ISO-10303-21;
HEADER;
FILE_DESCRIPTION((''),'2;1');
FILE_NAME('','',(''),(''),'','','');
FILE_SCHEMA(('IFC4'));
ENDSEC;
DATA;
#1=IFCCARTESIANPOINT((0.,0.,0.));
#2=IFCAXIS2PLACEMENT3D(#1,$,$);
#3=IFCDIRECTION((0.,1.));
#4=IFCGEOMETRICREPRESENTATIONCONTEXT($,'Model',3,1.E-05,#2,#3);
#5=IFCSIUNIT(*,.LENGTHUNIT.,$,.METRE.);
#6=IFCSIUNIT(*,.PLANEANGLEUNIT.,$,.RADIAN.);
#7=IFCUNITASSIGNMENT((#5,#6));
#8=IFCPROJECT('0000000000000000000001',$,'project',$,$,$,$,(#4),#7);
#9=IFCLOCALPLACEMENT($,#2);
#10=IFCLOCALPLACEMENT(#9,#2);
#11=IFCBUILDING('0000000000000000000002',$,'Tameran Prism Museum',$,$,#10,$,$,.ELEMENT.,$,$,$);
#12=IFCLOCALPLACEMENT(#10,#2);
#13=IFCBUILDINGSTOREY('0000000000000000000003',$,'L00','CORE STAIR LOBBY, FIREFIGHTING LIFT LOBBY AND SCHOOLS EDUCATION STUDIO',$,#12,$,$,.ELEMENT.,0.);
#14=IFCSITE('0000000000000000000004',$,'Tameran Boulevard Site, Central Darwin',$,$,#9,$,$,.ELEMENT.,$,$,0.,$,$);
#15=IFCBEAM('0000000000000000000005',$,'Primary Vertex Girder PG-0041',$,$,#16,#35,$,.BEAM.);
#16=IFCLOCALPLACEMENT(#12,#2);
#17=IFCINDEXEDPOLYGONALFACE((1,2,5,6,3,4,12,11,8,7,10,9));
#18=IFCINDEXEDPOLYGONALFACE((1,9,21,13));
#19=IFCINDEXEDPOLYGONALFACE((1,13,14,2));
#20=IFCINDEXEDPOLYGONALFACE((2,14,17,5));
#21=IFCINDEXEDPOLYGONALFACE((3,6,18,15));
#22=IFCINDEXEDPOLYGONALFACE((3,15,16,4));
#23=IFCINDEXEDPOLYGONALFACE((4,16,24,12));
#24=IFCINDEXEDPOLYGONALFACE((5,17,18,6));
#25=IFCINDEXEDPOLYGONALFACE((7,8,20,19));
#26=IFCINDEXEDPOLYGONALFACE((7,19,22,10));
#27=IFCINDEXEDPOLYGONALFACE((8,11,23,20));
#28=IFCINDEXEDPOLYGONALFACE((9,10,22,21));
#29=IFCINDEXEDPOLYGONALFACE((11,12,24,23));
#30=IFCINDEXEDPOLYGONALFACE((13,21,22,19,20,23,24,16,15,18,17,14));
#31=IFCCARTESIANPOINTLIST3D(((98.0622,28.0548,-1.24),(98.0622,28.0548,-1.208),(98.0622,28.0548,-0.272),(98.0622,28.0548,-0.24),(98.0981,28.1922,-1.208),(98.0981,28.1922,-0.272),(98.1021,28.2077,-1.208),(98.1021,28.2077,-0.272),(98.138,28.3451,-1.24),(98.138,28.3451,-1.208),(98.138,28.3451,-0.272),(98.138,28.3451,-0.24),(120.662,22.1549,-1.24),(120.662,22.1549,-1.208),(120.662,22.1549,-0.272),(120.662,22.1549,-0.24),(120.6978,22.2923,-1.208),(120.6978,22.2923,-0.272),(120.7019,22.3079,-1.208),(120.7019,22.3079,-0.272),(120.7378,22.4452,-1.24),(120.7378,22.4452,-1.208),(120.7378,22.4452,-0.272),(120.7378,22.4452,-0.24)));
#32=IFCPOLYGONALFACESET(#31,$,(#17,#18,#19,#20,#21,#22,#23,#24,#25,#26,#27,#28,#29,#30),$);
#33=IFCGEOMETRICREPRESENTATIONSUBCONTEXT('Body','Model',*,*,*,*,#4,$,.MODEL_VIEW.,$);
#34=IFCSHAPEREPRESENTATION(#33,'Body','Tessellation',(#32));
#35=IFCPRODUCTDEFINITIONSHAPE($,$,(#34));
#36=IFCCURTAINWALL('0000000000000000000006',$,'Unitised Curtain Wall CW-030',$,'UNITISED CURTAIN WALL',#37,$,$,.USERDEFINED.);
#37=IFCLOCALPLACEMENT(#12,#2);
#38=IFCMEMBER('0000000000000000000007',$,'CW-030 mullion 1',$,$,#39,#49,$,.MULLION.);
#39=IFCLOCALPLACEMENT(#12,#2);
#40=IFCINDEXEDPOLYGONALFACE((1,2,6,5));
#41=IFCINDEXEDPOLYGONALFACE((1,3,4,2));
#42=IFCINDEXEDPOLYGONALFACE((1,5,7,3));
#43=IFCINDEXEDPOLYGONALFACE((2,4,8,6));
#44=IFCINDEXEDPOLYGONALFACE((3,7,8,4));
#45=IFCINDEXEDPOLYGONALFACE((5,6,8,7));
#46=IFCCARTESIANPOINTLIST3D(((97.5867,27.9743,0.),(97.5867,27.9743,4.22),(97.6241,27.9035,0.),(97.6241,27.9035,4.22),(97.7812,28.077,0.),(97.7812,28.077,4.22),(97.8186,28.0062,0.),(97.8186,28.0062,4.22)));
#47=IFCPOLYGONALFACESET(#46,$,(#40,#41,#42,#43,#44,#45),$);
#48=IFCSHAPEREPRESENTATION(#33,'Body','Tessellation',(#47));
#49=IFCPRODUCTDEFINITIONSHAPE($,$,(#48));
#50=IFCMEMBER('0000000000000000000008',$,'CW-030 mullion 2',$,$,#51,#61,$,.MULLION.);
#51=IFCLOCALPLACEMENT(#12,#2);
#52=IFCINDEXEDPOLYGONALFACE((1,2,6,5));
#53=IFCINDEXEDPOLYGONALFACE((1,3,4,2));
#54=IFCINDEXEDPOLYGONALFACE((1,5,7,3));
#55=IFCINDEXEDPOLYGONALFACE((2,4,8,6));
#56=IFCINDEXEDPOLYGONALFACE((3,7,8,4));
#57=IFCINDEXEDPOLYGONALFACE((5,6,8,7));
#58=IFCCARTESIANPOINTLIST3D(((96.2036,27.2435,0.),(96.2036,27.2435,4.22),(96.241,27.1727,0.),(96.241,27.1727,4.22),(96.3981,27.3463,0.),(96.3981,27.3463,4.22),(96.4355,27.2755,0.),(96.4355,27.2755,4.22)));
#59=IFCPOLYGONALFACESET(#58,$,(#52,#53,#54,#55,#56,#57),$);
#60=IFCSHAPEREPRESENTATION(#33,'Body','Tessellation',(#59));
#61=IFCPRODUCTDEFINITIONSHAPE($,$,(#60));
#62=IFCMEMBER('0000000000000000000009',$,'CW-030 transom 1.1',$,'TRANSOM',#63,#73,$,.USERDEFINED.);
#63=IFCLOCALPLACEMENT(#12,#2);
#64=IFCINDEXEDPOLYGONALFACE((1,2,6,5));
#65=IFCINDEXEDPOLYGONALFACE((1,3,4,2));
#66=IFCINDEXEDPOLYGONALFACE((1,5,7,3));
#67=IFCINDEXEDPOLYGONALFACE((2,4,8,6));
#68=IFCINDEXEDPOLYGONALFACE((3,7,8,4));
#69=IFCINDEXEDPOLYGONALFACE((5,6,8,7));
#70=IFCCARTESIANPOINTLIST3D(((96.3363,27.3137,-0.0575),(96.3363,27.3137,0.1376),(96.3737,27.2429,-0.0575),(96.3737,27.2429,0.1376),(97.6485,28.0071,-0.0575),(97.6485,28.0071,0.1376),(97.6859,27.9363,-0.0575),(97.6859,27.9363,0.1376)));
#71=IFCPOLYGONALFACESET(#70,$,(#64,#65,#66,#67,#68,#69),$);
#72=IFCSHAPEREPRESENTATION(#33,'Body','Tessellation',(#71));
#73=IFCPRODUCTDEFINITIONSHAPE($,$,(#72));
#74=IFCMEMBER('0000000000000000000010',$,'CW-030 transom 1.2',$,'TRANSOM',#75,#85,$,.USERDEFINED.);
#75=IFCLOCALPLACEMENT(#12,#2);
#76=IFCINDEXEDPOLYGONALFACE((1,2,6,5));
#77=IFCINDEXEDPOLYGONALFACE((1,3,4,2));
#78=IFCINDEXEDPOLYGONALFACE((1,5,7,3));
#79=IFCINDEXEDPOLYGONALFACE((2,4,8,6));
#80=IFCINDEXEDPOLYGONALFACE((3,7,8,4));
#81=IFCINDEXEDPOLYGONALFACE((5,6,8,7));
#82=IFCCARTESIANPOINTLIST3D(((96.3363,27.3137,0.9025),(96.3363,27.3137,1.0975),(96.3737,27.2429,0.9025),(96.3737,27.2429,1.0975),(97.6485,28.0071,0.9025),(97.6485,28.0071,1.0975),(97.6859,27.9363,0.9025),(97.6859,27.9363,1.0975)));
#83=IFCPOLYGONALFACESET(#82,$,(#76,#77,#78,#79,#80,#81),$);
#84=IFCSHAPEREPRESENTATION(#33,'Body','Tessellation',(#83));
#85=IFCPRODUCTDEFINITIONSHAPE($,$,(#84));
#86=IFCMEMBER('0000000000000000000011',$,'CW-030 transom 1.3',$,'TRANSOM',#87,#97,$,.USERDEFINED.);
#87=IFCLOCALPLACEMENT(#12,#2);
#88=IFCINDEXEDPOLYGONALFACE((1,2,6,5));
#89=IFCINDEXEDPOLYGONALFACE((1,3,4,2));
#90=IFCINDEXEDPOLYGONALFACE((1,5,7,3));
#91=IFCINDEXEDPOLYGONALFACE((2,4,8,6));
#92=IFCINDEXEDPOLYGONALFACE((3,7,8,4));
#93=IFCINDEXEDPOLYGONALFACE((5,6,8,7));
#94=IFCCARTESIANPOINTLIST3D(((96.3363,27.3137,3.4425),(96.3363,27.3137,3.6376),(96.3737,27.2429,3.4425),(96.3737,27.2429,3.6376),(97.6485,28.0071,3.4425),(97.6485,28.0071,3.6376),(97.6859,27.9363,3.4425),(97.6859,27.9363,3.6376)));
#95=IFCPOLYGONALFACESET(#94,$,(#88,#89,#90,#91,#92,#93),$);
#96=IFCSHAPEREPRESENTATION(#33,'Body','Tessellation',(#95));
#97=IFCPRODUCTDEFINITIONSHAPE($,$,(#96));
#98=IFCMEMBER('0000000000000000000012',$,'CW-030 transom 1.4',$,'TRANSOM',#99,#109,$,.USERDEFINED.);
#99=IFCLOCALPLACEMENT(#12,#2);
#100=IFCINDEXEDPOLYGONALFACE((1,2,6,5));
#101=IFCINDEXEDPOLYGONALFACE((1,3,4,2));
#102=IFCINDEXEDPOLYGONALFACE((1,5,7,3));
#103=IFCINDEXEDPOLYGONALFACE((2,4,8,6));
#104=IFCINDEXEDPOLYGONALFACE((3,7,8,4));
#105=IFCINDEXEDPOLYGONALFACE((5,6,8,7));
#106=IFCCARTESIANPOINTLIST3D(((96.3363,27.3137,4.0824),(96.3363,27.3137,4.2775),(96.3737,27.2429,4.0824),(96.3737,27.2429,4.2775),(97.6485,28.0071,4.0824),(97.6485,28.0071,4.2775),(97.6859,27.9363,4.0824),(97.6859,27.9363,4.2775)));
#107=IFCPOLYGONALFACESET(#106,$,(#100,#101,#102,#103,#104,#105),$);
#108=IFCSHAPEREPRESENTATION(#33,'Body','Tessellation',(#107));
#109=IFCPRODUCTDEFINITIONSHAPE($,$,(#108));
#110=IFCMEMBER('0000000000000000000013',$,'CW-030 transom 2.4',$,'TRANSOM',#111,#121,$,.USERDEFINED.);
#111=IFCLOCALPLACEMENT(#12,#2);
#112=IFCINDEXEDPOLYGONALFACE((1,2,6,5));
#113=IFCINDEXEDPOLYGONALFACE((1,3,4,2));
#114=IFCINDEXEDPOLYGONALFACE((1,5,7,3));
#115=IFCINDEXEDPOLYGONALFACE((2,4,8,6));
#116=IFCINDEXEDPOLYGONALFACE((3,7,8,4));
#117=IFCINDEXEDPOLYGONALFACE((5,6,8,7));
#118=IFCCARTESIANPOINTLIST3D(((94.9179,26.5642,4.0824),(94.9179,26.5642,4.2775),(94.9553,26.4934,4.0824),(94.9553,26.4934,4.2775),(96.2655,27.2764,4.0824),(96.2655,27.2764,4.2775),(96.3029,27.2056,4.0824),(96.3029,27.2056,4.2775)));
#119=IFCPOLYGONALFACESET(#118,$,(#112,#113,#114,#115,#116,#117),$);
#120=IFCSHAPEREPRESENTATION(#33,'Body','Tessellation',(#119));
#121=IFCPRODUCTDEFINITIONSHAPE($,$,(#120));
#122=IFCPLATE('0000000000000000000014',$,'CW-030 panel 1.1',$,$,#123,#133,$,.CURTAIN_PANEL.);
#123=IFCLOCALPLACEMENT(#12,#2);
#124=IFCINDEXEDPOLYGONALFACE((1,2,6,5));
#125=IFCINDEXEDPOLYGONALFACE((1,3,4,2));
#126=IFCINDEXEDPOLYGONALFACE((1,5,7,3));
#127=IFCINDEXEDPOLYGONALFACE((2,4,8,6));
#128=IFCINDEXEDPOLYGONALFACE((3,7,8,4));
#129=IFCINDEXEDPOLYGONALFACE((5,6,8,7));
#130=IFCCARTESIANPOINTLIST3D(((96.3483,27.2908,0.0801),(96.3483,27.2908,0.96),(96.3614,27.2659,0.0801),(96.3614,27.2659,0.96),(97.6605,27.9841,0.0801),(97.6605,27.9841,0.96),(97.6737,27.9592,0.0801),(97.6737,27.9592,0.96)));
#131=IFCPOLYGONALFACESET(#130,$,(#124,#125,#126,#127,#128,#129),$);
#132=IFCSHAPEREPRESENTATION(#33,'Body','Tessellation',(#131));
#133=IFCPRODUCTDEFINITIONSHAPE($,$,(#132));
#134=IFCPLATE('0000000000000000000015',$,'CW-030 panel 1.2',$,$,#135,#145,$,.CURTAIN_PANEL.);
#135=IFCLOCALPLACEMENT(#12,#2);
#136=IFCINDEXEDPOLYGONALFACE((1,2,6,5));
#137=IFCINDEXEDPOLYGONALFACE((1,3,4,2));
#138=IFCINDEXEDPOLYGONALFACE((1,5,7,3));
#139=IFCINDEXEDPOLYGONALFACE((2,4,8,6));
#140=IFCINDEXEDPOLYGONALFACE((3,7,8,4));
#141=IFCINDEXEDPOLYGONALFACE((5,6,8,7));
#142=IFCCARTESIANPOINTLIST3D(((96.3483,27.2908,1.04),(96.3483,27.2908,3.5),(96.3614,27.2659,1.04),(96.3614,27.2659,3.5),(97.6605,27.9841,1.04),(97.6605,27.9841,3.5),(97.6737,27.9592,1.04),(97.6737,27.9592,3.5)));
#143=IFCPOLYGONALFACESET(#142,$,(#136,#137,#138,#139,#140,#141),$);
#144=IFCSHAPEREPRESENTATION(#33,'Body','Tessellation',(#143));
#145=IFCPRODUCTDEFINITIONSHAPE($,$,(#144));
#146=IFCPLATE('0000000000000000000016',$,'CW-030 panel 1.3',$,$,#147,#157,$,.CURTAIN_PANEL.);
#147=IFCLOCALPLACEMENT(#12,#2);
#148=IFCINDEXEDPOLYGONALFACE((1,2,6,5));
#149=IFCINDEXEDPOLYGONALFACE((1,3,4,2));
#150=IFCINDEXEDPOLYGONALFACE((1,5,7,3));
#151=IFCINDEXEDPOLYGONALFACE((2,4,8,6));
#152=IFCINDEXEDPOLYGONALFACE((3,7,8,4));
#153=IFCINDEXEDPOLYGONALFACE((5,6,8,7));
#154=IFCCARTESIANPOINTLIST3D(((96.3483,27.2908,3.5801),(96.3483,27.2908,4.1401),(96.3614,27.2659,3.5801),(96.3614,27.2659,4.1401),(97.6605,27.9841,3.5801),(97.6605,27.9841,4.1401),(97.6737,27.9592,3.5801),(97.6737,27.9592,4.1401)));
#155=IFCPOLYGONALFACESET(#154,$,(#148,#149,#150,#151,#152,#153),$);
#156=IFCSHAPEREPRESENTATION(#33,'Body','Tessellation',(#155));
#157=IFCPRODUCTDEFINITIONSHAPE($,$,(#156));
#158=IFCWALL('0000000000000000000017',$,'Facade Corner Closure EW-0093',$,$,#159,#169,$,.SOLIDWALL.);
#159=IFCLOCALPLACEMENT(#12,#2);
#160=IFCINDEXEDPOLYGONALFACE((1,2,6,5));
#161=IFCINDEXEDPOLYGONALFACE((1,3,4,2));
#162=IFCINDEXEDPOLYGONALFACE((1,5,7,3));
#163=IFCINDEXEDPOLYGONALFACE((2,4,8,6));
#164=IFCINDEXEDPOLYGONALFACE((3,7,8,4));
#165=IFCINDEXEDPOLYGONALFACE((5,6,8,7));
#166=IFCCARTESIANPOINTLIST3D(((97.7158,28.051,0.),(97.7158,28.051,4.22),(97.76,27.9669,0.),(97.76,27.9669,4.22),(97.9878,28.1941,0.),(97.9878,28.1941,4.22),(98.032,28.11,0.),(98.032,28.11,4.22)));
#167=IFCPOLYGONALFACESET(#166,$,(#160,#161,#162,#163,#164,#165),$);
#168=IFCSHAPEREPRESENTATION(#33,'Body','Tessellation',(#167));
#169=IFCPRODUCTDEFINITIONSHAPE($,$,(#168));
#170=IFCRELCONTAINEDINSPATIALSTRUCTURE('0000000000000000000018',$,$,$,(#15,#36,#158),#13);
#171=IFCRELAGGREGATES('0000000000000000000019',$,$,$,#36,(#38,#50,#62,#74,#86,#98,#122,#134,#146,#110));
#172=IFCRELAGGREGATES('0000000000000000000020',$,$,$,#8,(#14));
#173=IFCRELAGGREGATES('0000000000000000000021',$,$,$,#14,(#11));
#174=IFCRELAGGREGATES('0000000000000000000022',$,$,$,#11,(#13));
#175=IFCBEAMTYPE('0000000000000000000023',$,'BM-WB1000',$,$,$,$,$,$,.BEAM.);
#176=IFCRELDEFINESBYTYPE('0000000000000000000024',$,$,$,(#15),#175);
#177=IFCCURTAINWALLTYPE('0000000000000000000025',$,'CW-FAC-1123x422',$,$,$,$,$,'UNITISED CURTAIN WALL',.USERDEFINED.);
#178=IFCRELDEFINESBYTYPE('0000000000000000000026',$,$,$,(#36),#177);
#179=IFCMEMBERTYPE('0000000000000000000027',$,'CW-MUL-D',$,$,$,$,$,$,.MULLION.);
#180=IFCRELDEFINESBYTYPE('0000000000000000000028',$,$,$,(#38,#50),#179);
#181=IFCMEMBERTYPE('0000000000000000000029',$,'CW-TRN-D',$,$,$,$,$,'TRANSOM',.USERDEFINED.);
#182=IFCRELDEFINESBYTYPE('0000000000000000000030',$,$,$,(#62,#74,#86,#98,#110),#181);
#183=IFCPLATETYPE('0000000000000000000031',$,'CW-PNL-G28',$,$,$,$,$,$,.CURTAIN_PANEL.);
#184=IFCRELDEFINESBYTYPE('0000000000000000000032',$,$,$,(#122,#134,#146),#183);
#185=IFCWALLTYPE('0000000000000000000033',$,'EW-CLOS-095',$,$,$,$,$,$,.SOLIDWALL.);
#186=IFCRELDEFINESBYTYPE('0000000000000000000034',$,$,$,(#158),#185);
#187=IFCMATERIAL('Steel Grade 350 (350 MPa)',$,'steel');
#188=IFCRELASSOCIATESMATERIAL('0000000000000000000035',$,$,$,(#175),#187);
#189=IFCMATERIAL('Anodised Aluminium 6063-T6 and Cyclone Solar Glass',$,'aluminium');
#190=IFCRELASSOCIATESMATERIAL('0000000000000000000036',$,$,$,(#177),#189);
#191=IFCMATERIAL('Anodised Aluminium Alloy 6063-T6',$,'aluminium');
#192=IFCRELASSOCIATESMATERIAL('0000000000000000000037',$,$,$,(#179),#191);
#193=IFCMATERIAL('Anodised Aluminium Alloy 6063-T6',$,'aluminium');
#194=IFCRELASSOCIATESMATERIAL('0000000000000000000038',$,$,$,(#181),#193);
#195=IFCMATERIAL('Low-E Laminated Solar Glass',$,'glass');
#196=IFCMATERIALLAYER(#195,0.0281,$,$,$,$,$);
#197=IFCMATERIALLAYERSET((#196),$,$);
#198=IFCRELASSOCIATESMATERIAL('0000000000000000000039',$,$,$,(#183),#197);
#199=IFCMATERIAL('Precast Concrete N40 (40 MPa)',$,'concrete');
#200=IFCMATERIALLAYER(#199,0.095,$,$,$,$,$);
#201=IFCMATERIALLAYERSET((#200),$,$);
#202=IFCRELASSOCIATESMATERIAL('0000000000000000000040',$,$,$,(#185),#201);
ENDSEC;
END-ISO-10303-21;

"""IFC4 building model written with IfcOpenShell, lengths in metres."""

from ifc_helpers import new_model, si_unit, direction, frame, frame_2d, origin, origin_2d, place, context, subcontext, project, spatial, rectangle, i_section, extrude, material, layer, layer_set, material_profile, profile_set, type_object, element, aggregate, save


model = new_model("IFC4")

# Units and contexts
model_context = context("Model", 3, precision=1e-05, world=origin(), true_north=direction((0.0, 1.0)))
body_context = subcontext(model_context, "Body", "Model", "MODEL_VIEW")
ifc_project = project(units=[si_unit("LENGTHUNIT", "METRE"), si_unit("PLANEANGLEUNIT", "RADIAN")], contexts=[model_context])

# Site, building, storey
site_placement = place(None, origin())
site = spatial("IfcSite", under=ifc_project, at=site_placement, Name="Tameran Boulevard Site, Central Darwin", CompositionType="ELEMENT", RefElevation=0.0)
building_placement = place(site_placement, origin())
building = spatial("IfcBuilding", under=site, at=building_placement, Name="Tameran Prism Museum", CompositionType="ELEMENT")
storey_placement = place(building_placement, origin())
storey = spatial("IfcBuildingStorey", under=building, at=storey_placement, Name="L00", Description="CORE STAIR LOBBY, FIREFIGHTING LIFT LOBBY AND SCHOOLS EDUCATION STUDIO", CompositionType="ELEMENT", Elevation=0.0)

# Beam
ifc_material_1 = material(Name="Steel Grade 350 (350 MPa)", Category="steel")
ifc_material_profile_1 = material_profile(ifc_material_1, i_section(OverallWidth=0.3, OverallDepth=1.0, WebThickness=0.0161, FlangeThickness=0.032, at=origin_2d()))
ifc_profile_set_1 = profile_set([ifc_material_profile_1])
beam_type_1 = type_object("IfcBeamType", Name="BM-WB1000", PredefinedType="BEAM", material=ifc_profile_set_1)
beam_1_placement = place(storey_placement, frame((98.1001, 28.2, -0.74), z_axis=(0.967572, -0.252594, 0.0), x_axis=(0.252594, 0.967572, 0.0)))
element("IfcBeam", 1, at=beam_1_placement, inside=storey, type_object=beam_type_1, Name="Primary Vertex Girder PG-0041", PredefinedType="BEAM", context=body_context, shape_type="SweptSolid", body=[
    extrude(i_section(OverallWidth=0.3, OverallDepth=1.0, WebThickness=0.0161, FlangeThickness=0.032, at=origin_2d()), origin(), (0.0, 0.0, 1.0), 23.3572),
])

# Curtain wall, members, plates
ifc_material_2 = material(Name="Anodised Aluminium 6063-T6 and Cyclone Solar Glass", Category="aluminium")
curtain_wall_type = type_object("IfcCurtainWallType", Name="CW-FAC-1123x422", ElementType="UNITISED CURTAIN WALL", PredefinedType="USERDEFINED", material=ifc_material_2)
curtain_wall_placement = place(storey_placement, origin())
curtain_wall = element("IfcCurtainWall", 2, at=curtain_wall_placement, inside=storey, type_object=curtain_wall_type, Name="Unitised Curtain Wall CW-030", ObjectType="UNITISED CURTAIN WALL", PredefinedType="USERDEFINED")
ifc_material_3 = material(Name="Anodised Aluminium Alloy 6063-T6", Category="aluminium")
ifc_material_profile_2 = material_profile(ifc_material_3, rectangle(XDim=0.0801, YDim=0.22, at=origin_2d()))
ifc_profile_set_2 = profile_set([ifc_material_profile_2])
member_type_1 = type_object("IfcMemberType", Name="CW-MUL-D", PredefinedType="MULLION", material=ifc_profile_set_2)
member_1_placement = place(storey_placement, frame((97.7026, 27.9902, 0.0), z_axis=(0.0, 0.0, 1.0), x_axis=(0.467155, -0.884175, 0.0)))
member_1 = element("IfcMember", 3, at=member_1_placement, type_object=member_type_1, Name="CW-030 mullion 1", PredefinedType="MULLION", context=body_context, shape_type="SweptSolid", body=[
    extrude(rectangle(XDim=0.0801, YDim=0.22, at=origin_2d()), origin(), (0.0, 0.0, 1.0), 4.22),
])
member_2_placement = place(storey_placement, frame((96.3196, 27.2595, 0.0), z_axis=(0.0, 0.0, 1.0), x_axis=(0.467155, -0.884175, 0.0)))
member_2 = element("IfcMember", 4, at=member_2_placement, type_object=member_type_1, Name="CW-030 mullion 2", PredefinedType="MULLION", context=body_context, shape_type="SweptSolid", body=[
    extrude(rectangle(XDim=0.0801, YDim=0.22, at=origin_2d()), origin(), (0.0, 0.0, 1.0), 4.22),
])
ifc_material_4 = material(Name="Anodised Aluminium Alloy 6063-T6", Category="aluminium")
ifc_material_profile_3 = material_profile(ifc_material_4, rectangle(XDim=0.0801, YDim=0.1951, at=origin_2d()))
ifc_profile_set_3 = profile_set([ifc_material_profile_3])
member_type_2 = type_object("IfcMemberType", Name="CW-TRN-D", ElementType="TRANSOM", PredefinedType="USERDEFINED", material=ifc_profile_set_3)
member_3_placement = place(storey_placement, frame((97.6672, 27.9717, 0.04), z_axis=(-0.884168, -0.46717, 0.0), x_axis=(0.46717, -0.884168, 0.0)))
member_3 = element("IfcMember", 5, at=member_3_placement, type_object=member_type_2, Name="CW-030 transom 1.1", ObjectType="TRANSOM", PredefinedType="USERDEFINED", context=body_context, shape_type="SweptSolid", body=[
    extrude(rectangle(XDim=0.0801, YDim=0.1951, at=origin_2d()), origin(), (0.0, 0.0, 1.0), 1.4841),
])
member_4_placement = place(storey_placement, frame((97.6672, 27.9717, 1.0), z_axis=(-0.884168, -0.46717, 0.0), x_axis=(0.46717, -0.884168, 0.0)))
member_4 = element("IfcMember", 6, at=member_4_placement, type_object=member_type_2, Name="CW-030 transom 1.2", ObjectType="TRANSOM", PredefinedType="USERDEFINED", context=body_context, shape_type="SweptSolid", body=[
    extrude(rectangle(XDim=0.0801, YDim=0.1951, at=origin_2d()), origin(), (0.0, 0.0, 1.0), 1.4841),
])
member_5_placement = place(storey_placement, frame((97.6672, 27.9717, 3.54), z_axis=(-0.884168, -0.46717, 0.0), x_axis=(0.46717, -0.884168, 0.0)))
member_5 = element("IfcMember", 7, at=member_5_placement, type_object=member_type_2, Name="CW-030 transom 1.3", ObjectType="TRANSOM", PredefinedType="USERDEFINED", context=body_context, shape_type="SweptSolid", body=[
    extrude(rectangle(XDim=0.0801, YDim=0.1951, at=origin_2d()), origin(), (0.0, 0.0, 1.0), 1.4841),
])
member_6_placement = place(storey_placement, frame((97.6672, 27.9717, 4.1799), z_axis=(-0.884168, -0.46717, 0.0), x_axis=(0.46717, -0.884168, 0.0)))
member_6 = element("IfcMember", 8, at=member_6_placement, type_object=member_type_2, Name="CW-030 transom 1.4", ObjectType="TRANSOM", PredefinedType="USERDEFINED", context=body_context, shape_type="SweptSolid", body=[
    extrude(rectangle(XDim=0.0801, YDim=0.1951, at=origin_2d()), origin(), (0.0, 0.0, 1.0), 1.4841),
])
member_7_placement = place(storey_placement, frame((96.2842, 27.241, 4.1799), z_axis=(-0.884142, -0.467218, 0.0), x_axis=(0.467218, -0.884142, 0.0)))
member_7 = element("IfcMember", 9, at=member_7_placement, type_object=member_type_2, Name="CW-030 transom 2.4", ObjectType="TRANSOM", PredefinedType="USERDEFINED", context=body_context, shape_type="SweptSolid", body=[
    extrude(rectangle(XDim=0.0801, YDim=0.1951, at=origin_2d()), origin(), (0.0, 0.0, 1.0), 1.5242),
])
ifc_material_5 = material(Name="Low-E Laminated Solar Glass", Category="glass")
ifc_layer_1 = layer(ifc_material_5, 0.0281)
ifc_layer_set_1 = layer_set([ifc_layer_1])
plate_type = type_object("IfcPlateType", Name="CW-PNL-G28", PredefinedType="CURTAIN_PANEL", material=ifc_layer_set_1)
plate_1_placement = place(storey_placement, frame((97.011, 27.625, 0.0801), z_axis=(0.0, 0.0, 1.0), x_axis=(-0.884175, -0.467155, 0.0)))
plate_1 = element("IfcPlate", 10, at=plate_1_placement, type_object=plate_type, Name="CW-030 panel 1.1", PredefinedType="CURTAIN_PANEL", context=body_context, shape_type="SweptSolid", body=[
    extrude(rectangle(XDim=1.4841, YDim=0.0281, at=origin_2d()), origin(), (0.0, 0.0, 1.0), 0.8799),
])
plate_2_placement = place(storey_placement, frame((97.011, 27.625, 1.04), z_axis=(0.0, 0.0, 1.0), x_axis=(-0.884175, -0.467155, 0.0)))
plate_2 = element("IfcPlate", 11, at=plate_2_placement, type_object=plate_type, Name="CW-030 panel 1.2", PredefinedType="CURTAIN_PANEL", context=body_context, shape_type="SweptSolid", body=[
    extrude(rectangle(XDim=1.4841, YDim=0.0281, at=origin_2d()), origin(), (0.0, 0.0, 1.0), 2.46),
])
plate_3_placement = place(storey_placement, frame((97.011, 27.625, 3.5801), z_axis=(0.0, 0.0, 1.0), x_axis=(-0.884175, -0.467155, 0.0)))
plate_3 = element("IfcPlate", 12, at=plate_3_placement, type_object=plate_type, Name="CW-030 panel 1.3", PredefinedType="CURTAIN_PANEL", context=body_context, shape_type="SweptSolid", body=[
    extrude(rectangle(XDim=1.4841, YDim=0.0281, at=origin_2d()), origin(), (0.0, 0.0, 1.0), 0.5601),
])
aggregate(curtain_wall, [member_1, member_2, member_3, member_4, member_5, member_6, plate_1, plate_2, plate_3, member_7])

# Wall
ifc_material_6 = material(Name="Precast Concrete N40 (40 MPa)", Category="concrete")
ifc_layer_2 = layer(ifc_material_6, 0.095)
ifc_layer_set_2 = layer_set([ifc_layer_2])
wall_type_1 = type_object("IfcWallType", Name="EW-CLOS-095", PredefinedType="SOLIDWALL", material=ifc_layer_set_2)
wall_1_placement = place(storey_placement, frame((98.01, 28.1521, 0.0), z_axis=(0.0, 0.0, 1.0), x_axis=(-0.885022, -0.46555, 0.0)))
element("IfcWall", 13, at=wall_1_placement, inside=storey, type_object=wall_type_1, Name="Facade Corner Closure EW-0093", PredefinedType="SOLIDWALL", context=body_context, shape_type="SweptSolid", body=[
    extrude(rectangle(XDim=0.3074, YDim=0.095, at=frame_2d((0.1538, 0.0))), origin(), (0.0, 0.0, 1.0), 4.22),
])

save(model, "model.ifc")
